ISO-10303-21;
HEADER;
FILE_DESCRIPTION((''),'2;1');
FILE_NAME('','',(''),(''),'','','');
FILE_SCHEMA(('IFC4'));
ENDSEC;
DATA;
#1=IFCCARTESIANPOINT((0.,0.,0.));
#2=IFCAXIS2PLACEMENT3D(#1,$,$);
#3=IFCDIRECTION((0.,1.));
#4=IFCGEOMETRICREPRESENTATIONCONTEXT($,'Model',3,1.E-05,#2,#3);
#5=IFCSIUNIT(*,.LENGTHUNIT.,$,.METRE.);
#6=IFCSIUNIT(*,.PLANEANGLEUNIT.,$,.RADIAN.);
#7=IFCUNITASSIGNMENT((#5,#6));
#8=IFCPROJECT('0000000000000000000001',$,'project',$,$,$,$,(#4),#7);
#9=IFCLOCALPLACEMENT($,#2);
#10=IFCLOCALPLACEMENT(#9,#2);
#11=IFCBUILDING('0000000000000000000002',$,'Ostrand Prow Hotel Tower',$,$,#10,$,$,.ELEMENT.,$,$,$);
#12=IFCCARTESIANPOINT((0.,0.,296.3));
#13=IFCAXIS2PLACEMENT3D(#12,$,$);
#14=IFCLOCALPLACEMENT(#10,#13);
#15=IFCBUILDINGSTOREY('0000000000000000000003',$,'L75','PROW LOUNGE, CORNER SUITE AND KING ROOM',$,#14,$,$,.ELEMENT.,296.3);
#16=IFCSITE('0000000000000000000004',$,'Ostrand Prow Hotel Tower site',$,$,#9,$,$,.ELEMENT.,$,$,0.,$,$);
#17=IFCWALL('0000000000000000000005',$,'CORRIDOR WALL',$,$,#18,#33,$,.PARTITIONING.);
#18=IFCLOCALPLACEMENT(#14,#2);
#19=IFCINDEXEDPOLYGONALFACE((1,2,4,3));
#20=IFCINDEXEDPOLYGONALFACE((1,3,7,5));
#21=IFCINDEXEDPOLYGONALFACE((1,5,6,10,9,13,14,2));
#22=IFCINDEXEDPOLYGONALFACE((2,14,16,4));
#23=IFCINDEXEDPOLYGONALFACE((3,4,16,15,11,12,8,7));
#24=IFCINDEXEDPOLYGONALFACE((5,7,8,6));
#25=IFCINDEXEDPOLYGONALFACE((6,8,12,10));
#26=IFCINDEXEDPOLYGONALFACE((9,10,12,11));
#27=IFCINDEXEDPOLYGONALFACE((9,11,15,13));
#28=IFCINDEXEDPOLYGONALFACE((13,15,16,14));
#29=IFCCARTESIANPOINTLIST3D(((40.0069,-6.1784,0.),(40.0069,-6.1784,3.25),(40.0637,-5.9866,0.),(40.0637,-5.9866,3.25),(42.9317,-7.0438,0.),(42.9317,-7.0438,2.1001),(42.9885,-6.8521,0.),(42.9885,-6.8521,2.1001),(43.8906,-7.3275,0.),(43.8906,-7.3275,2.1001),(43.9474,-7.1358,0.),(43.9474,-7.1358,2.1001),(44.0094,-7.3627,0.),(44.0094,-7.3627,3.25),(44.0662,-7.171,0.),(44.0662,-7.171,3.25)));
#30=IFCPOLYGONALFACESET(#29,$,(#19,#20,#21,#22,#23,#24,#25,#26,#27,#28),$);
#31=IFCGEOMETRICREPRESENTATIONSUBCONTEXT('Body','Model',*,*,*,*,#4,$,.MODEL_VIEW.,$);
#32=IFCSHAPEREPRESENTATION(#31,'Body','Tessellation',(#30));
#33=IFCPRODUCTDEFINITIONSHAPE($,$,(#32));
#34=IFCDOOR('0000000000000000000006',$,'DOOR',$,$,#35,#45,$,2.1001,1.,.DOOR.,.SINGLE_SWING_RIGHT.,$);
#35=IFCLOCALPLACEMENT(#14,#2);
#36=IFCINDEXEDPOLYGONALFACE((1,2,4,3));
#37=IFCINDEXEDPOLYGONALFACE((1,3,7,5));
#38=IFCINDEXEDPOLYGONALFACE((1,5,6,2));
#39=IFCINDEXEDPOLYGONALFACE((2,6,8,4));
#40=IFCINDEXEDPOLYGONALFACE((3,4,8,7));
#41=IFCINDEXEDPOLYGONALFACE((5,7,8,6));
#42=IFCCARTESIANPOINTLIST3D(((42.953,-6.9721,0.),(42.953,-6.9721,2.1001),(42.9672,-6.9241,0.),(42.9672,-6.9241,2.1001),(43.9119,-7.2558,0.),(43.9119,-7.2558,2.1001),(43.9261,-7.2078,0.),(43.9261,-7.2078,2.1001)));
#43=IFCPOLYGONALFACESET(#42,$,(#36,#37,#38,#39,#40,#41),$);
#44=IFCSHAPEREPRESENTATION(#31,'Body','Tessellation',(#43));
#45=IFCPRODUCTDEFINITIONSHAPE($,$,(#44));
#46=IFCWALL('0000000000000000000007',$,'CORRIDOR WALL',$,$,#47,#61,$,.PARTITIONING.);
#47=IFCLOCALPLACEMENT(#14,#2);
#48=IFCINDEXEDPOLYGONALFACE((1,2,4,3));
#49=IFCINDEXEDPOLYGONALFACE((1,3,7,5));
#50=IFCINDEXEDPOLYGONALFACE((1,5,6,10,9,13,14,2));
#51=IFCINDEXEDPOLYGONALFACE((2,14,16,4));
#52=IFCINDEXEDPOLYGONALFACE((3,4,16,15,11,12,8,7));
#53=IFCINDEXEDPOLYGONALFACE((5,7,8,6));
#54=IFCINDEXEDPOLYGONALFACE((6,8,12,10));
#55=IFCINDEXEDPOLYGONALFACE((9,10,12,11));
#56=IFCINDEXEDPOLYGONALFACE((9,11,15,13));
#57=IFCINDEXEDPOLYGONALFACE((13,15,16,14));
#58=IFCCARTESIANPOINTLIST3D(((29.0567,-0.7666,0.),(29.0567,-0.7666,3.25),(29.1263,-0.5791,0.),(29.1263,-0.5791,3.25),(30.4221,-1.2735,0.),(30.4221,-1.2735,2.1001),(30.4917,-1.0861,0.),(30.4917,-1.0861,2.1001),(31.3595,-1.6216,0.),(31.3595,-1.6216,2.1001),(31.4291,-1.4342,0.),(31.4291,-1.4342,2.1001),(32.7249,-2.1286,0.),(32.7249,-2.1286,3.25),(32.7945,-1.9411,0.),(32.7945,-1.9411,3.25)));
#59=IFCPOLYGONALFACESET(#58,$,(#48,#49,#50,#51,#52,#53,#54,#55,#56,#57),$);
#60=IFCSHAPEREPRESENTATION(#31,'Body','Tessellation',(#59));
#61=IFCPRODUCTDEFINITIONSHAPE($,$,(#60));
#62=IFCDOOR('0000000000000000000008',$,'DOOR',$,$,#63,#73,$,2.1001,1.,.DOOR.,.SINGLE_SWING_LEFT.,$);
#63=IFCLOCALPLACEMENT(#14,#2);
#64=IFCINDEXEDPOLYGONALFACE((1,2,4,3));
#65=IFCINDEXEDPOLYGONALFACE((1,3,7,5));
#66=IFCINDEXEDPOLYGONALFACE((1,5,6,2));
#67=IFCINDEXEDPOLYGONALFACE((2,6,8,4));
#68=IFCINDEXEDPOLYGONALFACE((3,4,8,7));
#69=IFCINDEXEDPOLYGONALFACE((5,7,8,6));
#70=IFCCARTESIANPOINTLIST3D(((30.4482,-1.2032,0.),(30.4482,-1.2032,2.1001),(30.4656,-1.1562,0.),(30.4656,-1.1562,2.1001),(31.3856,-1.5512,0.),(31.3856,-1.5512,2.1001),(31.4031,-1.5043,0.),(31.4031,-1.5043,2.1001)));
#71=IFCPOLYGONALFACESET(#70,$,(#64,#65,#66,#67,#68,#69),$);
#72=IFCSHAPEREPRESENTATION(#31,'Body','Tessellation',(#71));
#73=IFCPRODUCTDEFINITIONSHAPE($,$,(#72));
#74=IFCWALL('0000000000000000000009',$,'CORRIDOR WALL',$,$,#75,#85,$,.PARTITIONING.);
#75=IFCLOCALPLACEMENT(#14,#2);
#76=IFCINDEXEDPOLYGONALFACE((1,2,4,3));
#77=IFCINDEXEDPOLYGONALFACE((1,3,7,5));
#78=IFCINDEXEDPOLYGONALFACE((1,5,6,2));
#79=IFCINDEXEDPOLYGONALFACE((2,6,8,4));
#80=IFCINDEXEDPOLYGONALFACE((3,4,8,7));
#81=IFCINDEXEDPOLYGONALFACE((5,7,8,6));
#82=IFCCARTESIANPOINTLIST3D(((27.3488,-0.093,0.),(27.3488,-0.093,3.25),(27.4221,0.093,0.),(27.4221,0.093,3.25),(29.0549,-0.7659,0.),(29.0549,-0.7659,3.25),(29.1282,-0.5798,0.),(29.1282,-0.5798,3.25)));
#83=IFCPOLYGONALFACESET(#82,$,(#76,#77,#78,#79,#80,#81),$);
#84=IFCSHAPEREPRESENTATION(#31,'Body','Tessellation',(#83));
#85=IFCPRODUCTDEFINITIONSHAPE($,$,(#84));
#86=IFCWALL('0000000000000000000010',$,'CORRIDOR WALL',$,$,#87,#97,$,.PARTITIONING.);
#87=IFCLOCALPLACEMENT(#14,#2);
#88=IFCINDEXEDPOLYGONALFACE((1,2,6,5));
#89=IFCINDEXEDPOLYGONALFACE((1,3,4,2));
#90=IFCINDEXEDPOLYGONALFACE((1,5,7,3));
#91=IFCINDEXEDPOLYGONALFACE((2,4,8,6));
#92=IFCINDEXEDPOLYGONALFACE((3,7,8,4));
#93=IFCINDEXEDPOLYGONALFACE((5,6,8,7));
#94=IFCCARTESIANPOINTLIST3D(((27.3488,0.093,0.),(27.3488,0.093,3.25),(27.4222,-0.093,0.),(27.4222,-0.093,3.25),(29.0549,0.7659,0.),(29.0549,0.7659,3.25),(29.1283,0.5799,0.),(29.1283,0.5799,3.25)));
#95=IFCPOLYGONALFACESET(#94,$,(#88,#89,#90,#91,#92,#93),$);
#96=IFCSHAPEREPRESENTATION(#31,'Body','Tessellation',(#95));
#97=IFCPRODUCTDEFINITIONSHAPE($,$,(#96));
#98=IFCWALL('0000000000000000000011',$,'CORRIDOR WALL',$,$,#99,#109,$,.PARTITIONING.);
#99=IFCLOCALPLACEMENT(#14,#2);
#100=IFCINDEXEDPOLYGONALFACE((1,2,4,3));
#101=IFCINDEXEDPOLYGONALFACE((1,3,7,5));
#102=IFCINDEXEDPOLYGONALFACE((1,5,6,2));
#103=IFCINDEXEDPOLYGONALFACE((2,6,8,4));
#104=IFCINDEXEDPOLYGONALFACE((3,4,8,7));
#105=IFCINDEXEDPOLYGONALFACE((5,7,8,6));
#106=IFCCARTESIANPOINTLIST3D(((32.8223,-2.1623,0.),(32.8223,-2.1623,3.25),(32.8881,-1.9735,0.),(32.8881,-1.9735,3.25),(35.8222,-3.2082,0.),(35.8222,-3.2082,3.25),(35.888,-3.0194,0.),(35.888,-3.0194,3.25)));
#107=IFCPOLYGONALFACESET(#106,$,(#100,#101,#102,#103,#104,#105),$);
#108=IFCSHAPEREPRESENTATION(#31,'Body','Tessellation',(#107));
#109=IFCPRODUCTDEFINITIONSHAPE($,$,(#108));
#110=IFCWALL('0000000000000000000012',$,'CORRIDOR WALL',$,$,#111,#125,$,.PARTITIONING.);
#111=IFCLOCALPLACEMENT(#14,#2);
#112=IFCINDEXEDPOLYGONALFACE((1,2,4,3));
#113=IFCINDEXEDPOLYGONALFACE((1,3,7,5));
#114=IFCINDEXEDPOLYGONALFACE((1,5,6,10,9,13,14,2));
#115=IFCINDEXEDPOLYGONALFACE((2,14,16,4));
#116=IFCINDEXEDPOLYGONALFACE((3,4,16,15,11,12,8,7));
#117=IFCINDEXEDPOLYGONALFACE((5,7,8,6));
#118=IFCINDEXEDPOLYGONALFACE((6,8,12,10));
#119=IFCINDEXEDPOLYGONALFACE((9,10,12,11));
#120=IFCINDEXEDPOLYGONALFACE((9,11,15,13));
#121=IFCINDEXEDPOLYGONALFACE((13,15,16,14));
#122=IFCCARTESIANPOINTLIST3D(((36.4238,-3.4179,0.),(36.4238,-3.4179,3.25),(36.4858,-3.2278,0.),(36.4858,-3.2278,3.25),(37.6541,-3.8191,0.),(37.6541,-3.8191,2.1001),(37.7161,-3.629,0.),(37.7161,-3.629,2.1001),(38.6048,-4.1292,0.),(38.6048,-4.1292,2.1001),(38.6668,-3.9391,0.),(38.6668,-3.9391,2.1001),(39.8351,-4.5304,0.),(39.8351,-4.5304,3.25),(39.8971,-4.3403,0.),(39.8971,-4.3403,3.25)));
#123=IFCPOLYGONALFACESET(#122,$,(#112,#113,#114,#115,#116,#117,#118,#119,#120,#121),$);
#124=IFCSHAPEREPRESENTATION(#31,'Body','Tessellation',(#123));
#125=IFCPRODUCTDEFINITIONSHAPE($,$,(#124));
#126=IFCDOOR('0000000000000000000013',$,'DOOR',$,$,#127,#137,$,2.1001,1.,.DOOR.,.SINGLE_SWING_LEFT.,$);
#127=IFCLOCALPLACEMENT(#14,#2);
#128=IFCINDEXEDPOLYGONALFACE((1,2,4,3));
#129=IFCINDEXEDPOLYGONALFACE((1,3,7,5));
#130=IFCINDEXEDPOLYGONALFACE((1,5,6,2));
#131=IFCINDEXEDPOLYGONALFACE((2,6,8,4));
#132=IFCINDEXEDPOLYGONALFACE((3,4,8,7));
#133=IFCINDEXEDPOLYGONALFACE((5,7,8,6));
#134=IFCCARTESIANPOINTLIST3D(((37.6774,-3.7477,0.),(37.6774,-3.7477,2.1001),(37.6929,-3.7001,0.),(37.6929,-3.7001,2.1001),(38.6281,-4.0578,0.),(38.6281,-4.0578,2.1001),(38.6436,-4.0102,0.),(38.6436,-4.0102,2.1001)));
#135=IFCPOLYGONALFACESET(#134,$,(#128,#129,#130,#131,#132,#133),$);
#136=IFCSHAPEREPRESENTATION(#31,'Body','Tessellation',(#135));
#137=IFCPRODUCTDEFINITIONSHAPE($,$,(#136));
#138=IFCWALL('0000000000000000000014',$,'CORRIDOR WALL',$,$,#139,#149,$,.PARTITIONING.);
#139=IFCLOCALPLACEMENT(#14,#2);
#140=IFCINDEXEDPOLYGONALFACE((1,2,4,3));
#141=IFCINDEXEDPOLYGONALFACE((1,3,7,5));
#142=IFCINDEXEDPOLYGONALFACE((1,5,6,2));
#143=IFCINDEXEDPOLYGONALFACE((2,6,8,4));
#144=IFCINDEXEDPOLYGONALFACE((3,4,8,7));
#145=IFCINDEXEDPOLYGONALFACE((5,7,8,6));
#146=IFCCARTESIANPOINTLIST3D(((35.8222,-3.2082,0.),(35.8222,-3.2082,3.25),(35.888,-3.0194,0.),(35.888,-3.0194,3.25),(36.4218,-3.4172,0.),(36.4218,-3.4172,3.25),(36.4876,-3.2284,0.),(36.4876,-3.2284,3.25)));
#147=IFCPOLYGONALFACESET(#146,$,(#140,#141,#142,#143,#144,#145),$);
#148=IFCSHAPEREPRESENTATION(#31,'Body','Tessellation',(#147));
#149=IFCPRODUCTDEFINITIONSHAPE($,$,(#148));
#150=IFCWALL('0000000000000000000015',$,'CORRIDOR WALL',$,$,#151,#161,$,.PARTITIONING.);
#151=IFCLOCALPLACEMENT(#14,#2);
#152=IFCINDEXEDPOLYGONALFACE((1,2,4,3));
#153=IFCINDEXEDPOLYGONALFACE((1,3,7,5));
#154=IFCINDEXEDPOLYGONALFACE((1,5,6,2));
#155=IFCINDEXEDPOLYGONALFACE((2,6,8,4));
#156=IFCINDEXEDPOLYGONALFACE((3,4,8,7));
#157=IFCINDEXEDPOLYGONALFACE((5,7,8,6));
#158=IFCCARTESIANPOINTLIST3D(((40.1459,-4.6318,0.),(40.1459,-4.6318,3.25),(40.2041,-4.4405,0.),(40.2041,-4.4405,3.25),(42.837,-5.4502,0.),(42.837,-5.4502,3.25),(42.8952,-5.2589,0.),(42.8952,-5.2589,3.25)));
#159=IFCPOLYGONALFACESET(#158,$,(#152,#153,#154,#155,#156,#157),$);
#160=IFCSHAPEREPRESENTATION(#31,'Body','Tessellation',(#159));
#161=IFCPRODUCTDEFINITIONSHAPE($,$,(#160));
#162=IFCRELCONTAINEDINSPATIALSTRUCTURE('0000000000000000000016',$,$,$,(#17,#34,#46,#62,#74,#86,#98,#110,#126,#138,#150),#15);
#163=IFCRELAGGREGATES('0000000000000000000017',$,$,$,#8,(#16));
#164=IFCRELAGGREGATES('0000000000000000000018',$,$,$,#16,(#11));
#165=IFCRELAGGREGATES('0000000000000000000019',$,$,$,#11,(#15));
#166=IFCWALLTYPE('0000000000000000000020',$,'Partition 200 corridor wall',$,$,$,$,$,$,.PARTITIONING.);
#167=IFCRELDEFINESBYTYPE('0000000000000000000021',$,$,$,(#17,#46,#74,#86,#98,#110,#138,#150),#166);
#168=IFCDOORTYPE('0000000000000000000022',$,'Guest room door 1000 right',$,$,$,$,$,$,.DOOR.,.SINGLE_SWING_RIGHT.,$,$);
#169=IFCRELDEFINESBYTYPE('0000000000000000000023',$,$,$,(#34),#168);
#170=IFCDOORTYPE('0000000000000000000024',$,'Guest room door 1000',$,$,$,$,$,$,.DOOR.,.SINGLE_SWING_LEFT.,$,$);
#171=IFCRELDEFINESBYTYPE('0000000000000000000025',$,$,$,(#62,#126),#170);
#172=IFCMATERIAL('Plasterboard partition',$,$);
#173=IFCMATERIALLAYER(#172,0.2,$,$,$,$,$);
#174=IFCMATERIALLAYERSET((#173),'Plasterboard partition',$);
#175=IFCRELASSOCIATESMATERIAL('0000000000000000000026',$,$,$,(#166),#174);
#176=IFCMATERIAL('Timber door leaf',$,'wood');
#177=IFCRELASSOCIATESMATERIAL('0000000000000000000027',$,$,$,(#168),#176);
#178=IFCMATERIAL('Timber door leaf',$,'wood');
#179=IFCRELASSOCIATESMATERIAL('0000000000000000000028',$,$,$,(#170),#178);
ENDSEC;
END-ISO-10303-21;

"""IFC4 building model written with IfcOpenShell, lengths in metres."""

from ifc_helpers import new_model, si_unit, direction, frame, frame_2d, origin, place, context, subcontext, project, spatial, rectangle, extrude, material, layer, layer_set, type_object, element, fill, save


model = new_model("IFC4")

# Units and contexts
model_context = context("Model", 3, precision=1e-05, world=origin(), true_north=direction((0.0, 1.0)))
body_context = subcontext(model_context, "Body", "Model", "MODEL_VIEW")
ifc_project = project(units=[si_unit("LENGTHUNIT", "METRE"), si_unit("PLANEANGLEUNIT", "RADIAN")], contexts=[model_context])

# Site, building, storey
site_placement = place(None, origin())
site = spatial("IfcSite", under=ifc_project, at=site_placement, Name="Ostrand Prow Hotel Tower site", CompositionType="ELEMENT", RefElevation=0.0)
building_placement = place(site_placement, origin())
building = spatial("IfcBuilding", under=site, at=building_placement, Name="Ostrand Prow Hotel Tower", CompositionType="ELEMENT")
storey_placement = place(building_placement, frame((0.0, 0.0, 296.3)))
storey = spatial("IfcBuildingStorey", under=building, at=storey_placement, Name="L75", Description="PROW LOUNGE, CORNER SUITE AND KING ROOM", CompositionType="ELEMENT", Elevation=296.3)

# Walls, openings, doors
ifc_material_1 = material(Name="Plasterboard partition")
ifc_layer_1 = layer(ifc_material_1, 0.2)
ifc_layer_set_1 = layer_set([ifc_layer_1], Name="Plasterboard partition")
wall_type_1 = type_object("IfcWallType", Name="Partition 200 corridor wall", PredefinedType="PARTITIONING", material=ifc_layer_set_1)
wall_1_placement = place(storey_placement, frame((40.0354, -6.0825, 0.0), z_axis=(0.0, 0.0, 1.0), x_axis=(0.958901, -0.28374, 0.0)))
wall_1 = element("IfcWall", 1, at=wall_1_placement, inside=storey, type_object=wall_type_1, Name="CORRIDOR WALL", PredefinedType="PARTITIONING", context=body_context, shape_type="SweptSolid", body=[
    extrude(rectangle(XDim=4.1741, YDim=0.2, at=frame_2d((2.0869, 0.0))), origin(), (0.0, 0.0, 1.0), 3.25),
])
opening_1_placement = place(wall_1_placement, frame((3.05, 0.0, 0.0)))
opening_1 = element("IfcOpeningElement", 2, at=opening_1_placement, cuts=wall_1, PredefinedType="OPENING", context=body_context, shape_type="SweptSolid", body=[
    extrude(rectangle(XDim=1.0, YDim=2.1001, at=frame_2d((0.5, 1.05))), frame((0.0, 0.1099, 0.0), z_axis=(0.0, -1.0, 0.0), x_axis=(1.0, 0.0, 0.0)), (0.0, 0.0, 1.0), 0.22),
])
ifc_material_2 = material(Name="Timber door leaf", Category="wood")
door_type_1 = type_object("IfcDoorType", Name="Guest room door 1000 right", OperationType="SINGLE_SWING_RIGHT", PredefinedType="DOOR", material=ifc_material_2)
door_1_placement = place(opening_1_placement, origin())
door_1 = element("IfcDoor", 3, at=door_1_placement, inside=storey, type_object=door_type_1, Name="DOOR", OperationType="SINGLE_SWING_RIGHT", OverallHeight=2.1001, OverallWidth=1.0, PredefinedType="DOOR", context=body_context, shape_type="SweptSolid", body=[
    extrude(rectangle(XDim=1.0, YDim=2.1001, at=frame_2d((0.5, 1.05))), frame((0.0, 0.0249, 0.0), z_axis=(0.0, -1.0, 0.0), x_axis=(1.0, 0.0, 0.0)), (0.0, 0.0, 1.0), 0.05),
])
fill(opening_1, door_1)
wall_2_placement = place(storey_placement, frame((32.7598, -2.0349, 0.0), z_axis=(0.0, 0.0, 1.0), x_axis=(-0.93746, 0.348093, 0.0)))
wall_2 = element("IfcWall", 4, at=wall_2_placement, inside=storey, type_object=wall_type_1, Name="CORRIDOR WALL", PredefinedType="PARTITIONING", context=body_context, shape_type="SweptSolid", body=[
    extrude(rectangle(XDim=3.9128, YDim=0.2, at=frame_2d((1.9565, 0.0))), origin(), (0.0, 0.0, 1.0), 3.25),
])
opening_2_placement = place(wall_2_placement, frame((1.4565, 0.0, 0.0)))
opening_2 = element("IfcOpeningElement", 5, at=opening_2_placement, cuts=wall_2, PredefinedType="OPENING", context=body_context, shape_type="SweptSolid", body=[
    extrude(rectangle(XDim=1.0, YDim=2.1001, at=frame_2d((0.5, 1.05))), frame((0.0, 0.1099, 0.0), z_axis=(0.0, -1.0, 0.0), x_axis=(1.0, 0.0, 0.0)), (0.0, 0.0, 1.0), 0.22),
])
ifc_material_3 = material(Name="Timber door leaf", Category="wood")
door_type_2 = type_object("IfcDoorType", Name="Guest room door 1000", OperationType="SINGLE_SWING_LEFT", PredefinedType="DOOR", material=ifc_material_3)
door_2_placement = place(opening_2_placement, origin())
door_2 = element("IfcDoor", 6, at=door_2_placement, inside=storey, type_object=door_type_2, Name="DOOR", OperationType="SINGLE_SWING_LEFT", OverallHeight=2.1001, OverallWidth=1.0, PredefinedType="DOOR", context=body_context, shape_type="SweptSolid", body=[
    extrude(rectangle(XDim=1.0, YDim=2.1001, at=frame_2d((0.5, 1.05))), frame((0.0, 0.0249, 0.0), z_axis=(0.0, -1.0, 0.0), x_axis=(1.0, 0.0, 0.0)), (0.0, 0.0, 1.0), 0.05),
])
fill(opening_2, door_2)

# Walls
for number, where, z_axis, x_axis, name in (
    (7, (29.0916, -0.6729, 0.0), (0.0, 0.0, 1.0), (-0.930265, 0.366888, 0.0), "CORRIDOR WALL"),
    (8, (27.3855, 0.0, 0.0), (0.0, 0.0, 1.0), (0.930265, 0.366888, 0.0), "CORRIDOR WALL"),
):
    element("IfcWall", number, at=place(storey_placement, frame(where, z_axis=z_axis, x_axis=x_axis)), inside=storey, type_object=wall_type_1, Name=name, PredefinedType="PARTITIONING", context=body_context, shape_type="SweptSolid", body=[
        extrude(rectangle(XDim=1.834, YDim=0.2, at=frame_2d((0.917, 0.0))), origin(), (0.0, 0.0, 1.0), 3.25),
    ])
wall_3_placement = place(storey_placement, frame((35.855, -3.1138, 0.0), z_axis=(0.0, 0.0, 1.0), x_axis=(-0.94426, 0.3292, 0.0)))
element("IfcWall", 9, at=wall_3_placement, inside=storey, type_object=wall_type_1, Name="CORRIDOR WALL", PredefinedType="PARTITIONING", context=body_context, shape_type="SweptSolid", body=[
    extrude(rectangle(XDim=3.177, YDim=0.2, at=frame_2d((1.5884, 0.0))), origin(), (0.0, 0.0, 1.0), 3.25),
])

# Wall, opening, door
wall_4_placement = place(storey_placement, frame((39.866, -4.4353, 0.0), z_axis=(0.0, 0.0, 1.0), x_axis=(-0.950718, 0.310057, 0.0)))
wall_4 = element("IfcWall", 10, at=wall_4_placement, inside=storey, type_object=wall_type_1, Name="CORRIDOR WALL", PredefinedType="PARTITIONING", context=body_context, shape_type="SweptSolid", body=[
    extrude(rectangle(XDim=3.5881, YDim=0.2, at=frame_2d((1.7939, 0.0))), origin(), (0.0, 0.0, 1.0), 3.25),
])
opening_3_placement = place(wall_4_placement, frame((1.2939, 0.0, 0.0)))
opening_3 = element("IfcOpeningElement", 11, at=opening_3_placement, cuts=wall_4, PredefinedType="OPENING", context=body_context, shape_type="SweptSolid", body=[
    extrude(rectangle(XDim=1.0, YDim=2.1001, at=frame_2d((0.5, 1.05))), frame((0.0, 0.1099, 0.0), z_axis=(0.0, -1.0, 0.0), x_axis=(1.0, 0.0, 0.0)), (0.0, 0.0, 1.0), 0.22),
])
door_3_placement = place(opening_3_placement, origin())
door_3 = element("IfcDoor", 12, at=door_3_placement, inside=storey, type_object=door_type_2, Name="DOOR", OperationType="SINGLE_SWING_LEFT", OverallHeight=2.1001, OverallWidth=1.0, PredefinedType="DOOR", context=body_context, shape_type="SweptSolid", body=[
    extrude(rectangle(XDim=1.0, YDim=2.1001, at=frame_2d((0.5, 1.05))), frame((0.0, 0.0249, 0.0), z_axis=(0.0, -1.0, 0.0), x_axis=(1.0, 0.0, 0.0)), (0.0, 0.0, 1.0), 0.05),
])
fill(opening_3, door_3)

# Walls
wall_5_placement = place(storey_placement, frame((36.4546, -3.3228, 0.0), z_axis=(0.0, 0.0, 1.0), x_axis=(-0.944289, 0.329117, 0.0)))
element("IfcWall", 13, at=wall_5_placement, inside=storey, type_object=wall_type_1, Name="CORRIDOR WALL", PredefinedType="PARTITIONING", context=body_context, shape_type="SweptSolid", body=[
    extrude(rectangle(XDim=0.635, YDim=0.2, at=frame_2d((0.3174, 0.0))), origin(), (0.0, 0.0, 1.0), 3.25),
])
wall_6_placement = place(storey_placement, frame((42.866, -5.3545, 0.0), z_axis=(0.0, 0.0, 1.0), x_axis=(-0.956742, 0.290937, 0.0)))
element("IfcWall", 14, at=wall_6_placement, inside=storey, type_object=wall_type_1, Name="CORRIDOR WALL", PredefinedType="PARTITIONING", context=body_context, shape_type="SweptSolid", body=[
    extrude(rectangle(XDim=2.8127, YDim=0.2, at=frame_2d((1.4062, 0.0))), origin(), (0.0, 0.0, 1.0), 3.25),
])

save(model, "model.ifc")
